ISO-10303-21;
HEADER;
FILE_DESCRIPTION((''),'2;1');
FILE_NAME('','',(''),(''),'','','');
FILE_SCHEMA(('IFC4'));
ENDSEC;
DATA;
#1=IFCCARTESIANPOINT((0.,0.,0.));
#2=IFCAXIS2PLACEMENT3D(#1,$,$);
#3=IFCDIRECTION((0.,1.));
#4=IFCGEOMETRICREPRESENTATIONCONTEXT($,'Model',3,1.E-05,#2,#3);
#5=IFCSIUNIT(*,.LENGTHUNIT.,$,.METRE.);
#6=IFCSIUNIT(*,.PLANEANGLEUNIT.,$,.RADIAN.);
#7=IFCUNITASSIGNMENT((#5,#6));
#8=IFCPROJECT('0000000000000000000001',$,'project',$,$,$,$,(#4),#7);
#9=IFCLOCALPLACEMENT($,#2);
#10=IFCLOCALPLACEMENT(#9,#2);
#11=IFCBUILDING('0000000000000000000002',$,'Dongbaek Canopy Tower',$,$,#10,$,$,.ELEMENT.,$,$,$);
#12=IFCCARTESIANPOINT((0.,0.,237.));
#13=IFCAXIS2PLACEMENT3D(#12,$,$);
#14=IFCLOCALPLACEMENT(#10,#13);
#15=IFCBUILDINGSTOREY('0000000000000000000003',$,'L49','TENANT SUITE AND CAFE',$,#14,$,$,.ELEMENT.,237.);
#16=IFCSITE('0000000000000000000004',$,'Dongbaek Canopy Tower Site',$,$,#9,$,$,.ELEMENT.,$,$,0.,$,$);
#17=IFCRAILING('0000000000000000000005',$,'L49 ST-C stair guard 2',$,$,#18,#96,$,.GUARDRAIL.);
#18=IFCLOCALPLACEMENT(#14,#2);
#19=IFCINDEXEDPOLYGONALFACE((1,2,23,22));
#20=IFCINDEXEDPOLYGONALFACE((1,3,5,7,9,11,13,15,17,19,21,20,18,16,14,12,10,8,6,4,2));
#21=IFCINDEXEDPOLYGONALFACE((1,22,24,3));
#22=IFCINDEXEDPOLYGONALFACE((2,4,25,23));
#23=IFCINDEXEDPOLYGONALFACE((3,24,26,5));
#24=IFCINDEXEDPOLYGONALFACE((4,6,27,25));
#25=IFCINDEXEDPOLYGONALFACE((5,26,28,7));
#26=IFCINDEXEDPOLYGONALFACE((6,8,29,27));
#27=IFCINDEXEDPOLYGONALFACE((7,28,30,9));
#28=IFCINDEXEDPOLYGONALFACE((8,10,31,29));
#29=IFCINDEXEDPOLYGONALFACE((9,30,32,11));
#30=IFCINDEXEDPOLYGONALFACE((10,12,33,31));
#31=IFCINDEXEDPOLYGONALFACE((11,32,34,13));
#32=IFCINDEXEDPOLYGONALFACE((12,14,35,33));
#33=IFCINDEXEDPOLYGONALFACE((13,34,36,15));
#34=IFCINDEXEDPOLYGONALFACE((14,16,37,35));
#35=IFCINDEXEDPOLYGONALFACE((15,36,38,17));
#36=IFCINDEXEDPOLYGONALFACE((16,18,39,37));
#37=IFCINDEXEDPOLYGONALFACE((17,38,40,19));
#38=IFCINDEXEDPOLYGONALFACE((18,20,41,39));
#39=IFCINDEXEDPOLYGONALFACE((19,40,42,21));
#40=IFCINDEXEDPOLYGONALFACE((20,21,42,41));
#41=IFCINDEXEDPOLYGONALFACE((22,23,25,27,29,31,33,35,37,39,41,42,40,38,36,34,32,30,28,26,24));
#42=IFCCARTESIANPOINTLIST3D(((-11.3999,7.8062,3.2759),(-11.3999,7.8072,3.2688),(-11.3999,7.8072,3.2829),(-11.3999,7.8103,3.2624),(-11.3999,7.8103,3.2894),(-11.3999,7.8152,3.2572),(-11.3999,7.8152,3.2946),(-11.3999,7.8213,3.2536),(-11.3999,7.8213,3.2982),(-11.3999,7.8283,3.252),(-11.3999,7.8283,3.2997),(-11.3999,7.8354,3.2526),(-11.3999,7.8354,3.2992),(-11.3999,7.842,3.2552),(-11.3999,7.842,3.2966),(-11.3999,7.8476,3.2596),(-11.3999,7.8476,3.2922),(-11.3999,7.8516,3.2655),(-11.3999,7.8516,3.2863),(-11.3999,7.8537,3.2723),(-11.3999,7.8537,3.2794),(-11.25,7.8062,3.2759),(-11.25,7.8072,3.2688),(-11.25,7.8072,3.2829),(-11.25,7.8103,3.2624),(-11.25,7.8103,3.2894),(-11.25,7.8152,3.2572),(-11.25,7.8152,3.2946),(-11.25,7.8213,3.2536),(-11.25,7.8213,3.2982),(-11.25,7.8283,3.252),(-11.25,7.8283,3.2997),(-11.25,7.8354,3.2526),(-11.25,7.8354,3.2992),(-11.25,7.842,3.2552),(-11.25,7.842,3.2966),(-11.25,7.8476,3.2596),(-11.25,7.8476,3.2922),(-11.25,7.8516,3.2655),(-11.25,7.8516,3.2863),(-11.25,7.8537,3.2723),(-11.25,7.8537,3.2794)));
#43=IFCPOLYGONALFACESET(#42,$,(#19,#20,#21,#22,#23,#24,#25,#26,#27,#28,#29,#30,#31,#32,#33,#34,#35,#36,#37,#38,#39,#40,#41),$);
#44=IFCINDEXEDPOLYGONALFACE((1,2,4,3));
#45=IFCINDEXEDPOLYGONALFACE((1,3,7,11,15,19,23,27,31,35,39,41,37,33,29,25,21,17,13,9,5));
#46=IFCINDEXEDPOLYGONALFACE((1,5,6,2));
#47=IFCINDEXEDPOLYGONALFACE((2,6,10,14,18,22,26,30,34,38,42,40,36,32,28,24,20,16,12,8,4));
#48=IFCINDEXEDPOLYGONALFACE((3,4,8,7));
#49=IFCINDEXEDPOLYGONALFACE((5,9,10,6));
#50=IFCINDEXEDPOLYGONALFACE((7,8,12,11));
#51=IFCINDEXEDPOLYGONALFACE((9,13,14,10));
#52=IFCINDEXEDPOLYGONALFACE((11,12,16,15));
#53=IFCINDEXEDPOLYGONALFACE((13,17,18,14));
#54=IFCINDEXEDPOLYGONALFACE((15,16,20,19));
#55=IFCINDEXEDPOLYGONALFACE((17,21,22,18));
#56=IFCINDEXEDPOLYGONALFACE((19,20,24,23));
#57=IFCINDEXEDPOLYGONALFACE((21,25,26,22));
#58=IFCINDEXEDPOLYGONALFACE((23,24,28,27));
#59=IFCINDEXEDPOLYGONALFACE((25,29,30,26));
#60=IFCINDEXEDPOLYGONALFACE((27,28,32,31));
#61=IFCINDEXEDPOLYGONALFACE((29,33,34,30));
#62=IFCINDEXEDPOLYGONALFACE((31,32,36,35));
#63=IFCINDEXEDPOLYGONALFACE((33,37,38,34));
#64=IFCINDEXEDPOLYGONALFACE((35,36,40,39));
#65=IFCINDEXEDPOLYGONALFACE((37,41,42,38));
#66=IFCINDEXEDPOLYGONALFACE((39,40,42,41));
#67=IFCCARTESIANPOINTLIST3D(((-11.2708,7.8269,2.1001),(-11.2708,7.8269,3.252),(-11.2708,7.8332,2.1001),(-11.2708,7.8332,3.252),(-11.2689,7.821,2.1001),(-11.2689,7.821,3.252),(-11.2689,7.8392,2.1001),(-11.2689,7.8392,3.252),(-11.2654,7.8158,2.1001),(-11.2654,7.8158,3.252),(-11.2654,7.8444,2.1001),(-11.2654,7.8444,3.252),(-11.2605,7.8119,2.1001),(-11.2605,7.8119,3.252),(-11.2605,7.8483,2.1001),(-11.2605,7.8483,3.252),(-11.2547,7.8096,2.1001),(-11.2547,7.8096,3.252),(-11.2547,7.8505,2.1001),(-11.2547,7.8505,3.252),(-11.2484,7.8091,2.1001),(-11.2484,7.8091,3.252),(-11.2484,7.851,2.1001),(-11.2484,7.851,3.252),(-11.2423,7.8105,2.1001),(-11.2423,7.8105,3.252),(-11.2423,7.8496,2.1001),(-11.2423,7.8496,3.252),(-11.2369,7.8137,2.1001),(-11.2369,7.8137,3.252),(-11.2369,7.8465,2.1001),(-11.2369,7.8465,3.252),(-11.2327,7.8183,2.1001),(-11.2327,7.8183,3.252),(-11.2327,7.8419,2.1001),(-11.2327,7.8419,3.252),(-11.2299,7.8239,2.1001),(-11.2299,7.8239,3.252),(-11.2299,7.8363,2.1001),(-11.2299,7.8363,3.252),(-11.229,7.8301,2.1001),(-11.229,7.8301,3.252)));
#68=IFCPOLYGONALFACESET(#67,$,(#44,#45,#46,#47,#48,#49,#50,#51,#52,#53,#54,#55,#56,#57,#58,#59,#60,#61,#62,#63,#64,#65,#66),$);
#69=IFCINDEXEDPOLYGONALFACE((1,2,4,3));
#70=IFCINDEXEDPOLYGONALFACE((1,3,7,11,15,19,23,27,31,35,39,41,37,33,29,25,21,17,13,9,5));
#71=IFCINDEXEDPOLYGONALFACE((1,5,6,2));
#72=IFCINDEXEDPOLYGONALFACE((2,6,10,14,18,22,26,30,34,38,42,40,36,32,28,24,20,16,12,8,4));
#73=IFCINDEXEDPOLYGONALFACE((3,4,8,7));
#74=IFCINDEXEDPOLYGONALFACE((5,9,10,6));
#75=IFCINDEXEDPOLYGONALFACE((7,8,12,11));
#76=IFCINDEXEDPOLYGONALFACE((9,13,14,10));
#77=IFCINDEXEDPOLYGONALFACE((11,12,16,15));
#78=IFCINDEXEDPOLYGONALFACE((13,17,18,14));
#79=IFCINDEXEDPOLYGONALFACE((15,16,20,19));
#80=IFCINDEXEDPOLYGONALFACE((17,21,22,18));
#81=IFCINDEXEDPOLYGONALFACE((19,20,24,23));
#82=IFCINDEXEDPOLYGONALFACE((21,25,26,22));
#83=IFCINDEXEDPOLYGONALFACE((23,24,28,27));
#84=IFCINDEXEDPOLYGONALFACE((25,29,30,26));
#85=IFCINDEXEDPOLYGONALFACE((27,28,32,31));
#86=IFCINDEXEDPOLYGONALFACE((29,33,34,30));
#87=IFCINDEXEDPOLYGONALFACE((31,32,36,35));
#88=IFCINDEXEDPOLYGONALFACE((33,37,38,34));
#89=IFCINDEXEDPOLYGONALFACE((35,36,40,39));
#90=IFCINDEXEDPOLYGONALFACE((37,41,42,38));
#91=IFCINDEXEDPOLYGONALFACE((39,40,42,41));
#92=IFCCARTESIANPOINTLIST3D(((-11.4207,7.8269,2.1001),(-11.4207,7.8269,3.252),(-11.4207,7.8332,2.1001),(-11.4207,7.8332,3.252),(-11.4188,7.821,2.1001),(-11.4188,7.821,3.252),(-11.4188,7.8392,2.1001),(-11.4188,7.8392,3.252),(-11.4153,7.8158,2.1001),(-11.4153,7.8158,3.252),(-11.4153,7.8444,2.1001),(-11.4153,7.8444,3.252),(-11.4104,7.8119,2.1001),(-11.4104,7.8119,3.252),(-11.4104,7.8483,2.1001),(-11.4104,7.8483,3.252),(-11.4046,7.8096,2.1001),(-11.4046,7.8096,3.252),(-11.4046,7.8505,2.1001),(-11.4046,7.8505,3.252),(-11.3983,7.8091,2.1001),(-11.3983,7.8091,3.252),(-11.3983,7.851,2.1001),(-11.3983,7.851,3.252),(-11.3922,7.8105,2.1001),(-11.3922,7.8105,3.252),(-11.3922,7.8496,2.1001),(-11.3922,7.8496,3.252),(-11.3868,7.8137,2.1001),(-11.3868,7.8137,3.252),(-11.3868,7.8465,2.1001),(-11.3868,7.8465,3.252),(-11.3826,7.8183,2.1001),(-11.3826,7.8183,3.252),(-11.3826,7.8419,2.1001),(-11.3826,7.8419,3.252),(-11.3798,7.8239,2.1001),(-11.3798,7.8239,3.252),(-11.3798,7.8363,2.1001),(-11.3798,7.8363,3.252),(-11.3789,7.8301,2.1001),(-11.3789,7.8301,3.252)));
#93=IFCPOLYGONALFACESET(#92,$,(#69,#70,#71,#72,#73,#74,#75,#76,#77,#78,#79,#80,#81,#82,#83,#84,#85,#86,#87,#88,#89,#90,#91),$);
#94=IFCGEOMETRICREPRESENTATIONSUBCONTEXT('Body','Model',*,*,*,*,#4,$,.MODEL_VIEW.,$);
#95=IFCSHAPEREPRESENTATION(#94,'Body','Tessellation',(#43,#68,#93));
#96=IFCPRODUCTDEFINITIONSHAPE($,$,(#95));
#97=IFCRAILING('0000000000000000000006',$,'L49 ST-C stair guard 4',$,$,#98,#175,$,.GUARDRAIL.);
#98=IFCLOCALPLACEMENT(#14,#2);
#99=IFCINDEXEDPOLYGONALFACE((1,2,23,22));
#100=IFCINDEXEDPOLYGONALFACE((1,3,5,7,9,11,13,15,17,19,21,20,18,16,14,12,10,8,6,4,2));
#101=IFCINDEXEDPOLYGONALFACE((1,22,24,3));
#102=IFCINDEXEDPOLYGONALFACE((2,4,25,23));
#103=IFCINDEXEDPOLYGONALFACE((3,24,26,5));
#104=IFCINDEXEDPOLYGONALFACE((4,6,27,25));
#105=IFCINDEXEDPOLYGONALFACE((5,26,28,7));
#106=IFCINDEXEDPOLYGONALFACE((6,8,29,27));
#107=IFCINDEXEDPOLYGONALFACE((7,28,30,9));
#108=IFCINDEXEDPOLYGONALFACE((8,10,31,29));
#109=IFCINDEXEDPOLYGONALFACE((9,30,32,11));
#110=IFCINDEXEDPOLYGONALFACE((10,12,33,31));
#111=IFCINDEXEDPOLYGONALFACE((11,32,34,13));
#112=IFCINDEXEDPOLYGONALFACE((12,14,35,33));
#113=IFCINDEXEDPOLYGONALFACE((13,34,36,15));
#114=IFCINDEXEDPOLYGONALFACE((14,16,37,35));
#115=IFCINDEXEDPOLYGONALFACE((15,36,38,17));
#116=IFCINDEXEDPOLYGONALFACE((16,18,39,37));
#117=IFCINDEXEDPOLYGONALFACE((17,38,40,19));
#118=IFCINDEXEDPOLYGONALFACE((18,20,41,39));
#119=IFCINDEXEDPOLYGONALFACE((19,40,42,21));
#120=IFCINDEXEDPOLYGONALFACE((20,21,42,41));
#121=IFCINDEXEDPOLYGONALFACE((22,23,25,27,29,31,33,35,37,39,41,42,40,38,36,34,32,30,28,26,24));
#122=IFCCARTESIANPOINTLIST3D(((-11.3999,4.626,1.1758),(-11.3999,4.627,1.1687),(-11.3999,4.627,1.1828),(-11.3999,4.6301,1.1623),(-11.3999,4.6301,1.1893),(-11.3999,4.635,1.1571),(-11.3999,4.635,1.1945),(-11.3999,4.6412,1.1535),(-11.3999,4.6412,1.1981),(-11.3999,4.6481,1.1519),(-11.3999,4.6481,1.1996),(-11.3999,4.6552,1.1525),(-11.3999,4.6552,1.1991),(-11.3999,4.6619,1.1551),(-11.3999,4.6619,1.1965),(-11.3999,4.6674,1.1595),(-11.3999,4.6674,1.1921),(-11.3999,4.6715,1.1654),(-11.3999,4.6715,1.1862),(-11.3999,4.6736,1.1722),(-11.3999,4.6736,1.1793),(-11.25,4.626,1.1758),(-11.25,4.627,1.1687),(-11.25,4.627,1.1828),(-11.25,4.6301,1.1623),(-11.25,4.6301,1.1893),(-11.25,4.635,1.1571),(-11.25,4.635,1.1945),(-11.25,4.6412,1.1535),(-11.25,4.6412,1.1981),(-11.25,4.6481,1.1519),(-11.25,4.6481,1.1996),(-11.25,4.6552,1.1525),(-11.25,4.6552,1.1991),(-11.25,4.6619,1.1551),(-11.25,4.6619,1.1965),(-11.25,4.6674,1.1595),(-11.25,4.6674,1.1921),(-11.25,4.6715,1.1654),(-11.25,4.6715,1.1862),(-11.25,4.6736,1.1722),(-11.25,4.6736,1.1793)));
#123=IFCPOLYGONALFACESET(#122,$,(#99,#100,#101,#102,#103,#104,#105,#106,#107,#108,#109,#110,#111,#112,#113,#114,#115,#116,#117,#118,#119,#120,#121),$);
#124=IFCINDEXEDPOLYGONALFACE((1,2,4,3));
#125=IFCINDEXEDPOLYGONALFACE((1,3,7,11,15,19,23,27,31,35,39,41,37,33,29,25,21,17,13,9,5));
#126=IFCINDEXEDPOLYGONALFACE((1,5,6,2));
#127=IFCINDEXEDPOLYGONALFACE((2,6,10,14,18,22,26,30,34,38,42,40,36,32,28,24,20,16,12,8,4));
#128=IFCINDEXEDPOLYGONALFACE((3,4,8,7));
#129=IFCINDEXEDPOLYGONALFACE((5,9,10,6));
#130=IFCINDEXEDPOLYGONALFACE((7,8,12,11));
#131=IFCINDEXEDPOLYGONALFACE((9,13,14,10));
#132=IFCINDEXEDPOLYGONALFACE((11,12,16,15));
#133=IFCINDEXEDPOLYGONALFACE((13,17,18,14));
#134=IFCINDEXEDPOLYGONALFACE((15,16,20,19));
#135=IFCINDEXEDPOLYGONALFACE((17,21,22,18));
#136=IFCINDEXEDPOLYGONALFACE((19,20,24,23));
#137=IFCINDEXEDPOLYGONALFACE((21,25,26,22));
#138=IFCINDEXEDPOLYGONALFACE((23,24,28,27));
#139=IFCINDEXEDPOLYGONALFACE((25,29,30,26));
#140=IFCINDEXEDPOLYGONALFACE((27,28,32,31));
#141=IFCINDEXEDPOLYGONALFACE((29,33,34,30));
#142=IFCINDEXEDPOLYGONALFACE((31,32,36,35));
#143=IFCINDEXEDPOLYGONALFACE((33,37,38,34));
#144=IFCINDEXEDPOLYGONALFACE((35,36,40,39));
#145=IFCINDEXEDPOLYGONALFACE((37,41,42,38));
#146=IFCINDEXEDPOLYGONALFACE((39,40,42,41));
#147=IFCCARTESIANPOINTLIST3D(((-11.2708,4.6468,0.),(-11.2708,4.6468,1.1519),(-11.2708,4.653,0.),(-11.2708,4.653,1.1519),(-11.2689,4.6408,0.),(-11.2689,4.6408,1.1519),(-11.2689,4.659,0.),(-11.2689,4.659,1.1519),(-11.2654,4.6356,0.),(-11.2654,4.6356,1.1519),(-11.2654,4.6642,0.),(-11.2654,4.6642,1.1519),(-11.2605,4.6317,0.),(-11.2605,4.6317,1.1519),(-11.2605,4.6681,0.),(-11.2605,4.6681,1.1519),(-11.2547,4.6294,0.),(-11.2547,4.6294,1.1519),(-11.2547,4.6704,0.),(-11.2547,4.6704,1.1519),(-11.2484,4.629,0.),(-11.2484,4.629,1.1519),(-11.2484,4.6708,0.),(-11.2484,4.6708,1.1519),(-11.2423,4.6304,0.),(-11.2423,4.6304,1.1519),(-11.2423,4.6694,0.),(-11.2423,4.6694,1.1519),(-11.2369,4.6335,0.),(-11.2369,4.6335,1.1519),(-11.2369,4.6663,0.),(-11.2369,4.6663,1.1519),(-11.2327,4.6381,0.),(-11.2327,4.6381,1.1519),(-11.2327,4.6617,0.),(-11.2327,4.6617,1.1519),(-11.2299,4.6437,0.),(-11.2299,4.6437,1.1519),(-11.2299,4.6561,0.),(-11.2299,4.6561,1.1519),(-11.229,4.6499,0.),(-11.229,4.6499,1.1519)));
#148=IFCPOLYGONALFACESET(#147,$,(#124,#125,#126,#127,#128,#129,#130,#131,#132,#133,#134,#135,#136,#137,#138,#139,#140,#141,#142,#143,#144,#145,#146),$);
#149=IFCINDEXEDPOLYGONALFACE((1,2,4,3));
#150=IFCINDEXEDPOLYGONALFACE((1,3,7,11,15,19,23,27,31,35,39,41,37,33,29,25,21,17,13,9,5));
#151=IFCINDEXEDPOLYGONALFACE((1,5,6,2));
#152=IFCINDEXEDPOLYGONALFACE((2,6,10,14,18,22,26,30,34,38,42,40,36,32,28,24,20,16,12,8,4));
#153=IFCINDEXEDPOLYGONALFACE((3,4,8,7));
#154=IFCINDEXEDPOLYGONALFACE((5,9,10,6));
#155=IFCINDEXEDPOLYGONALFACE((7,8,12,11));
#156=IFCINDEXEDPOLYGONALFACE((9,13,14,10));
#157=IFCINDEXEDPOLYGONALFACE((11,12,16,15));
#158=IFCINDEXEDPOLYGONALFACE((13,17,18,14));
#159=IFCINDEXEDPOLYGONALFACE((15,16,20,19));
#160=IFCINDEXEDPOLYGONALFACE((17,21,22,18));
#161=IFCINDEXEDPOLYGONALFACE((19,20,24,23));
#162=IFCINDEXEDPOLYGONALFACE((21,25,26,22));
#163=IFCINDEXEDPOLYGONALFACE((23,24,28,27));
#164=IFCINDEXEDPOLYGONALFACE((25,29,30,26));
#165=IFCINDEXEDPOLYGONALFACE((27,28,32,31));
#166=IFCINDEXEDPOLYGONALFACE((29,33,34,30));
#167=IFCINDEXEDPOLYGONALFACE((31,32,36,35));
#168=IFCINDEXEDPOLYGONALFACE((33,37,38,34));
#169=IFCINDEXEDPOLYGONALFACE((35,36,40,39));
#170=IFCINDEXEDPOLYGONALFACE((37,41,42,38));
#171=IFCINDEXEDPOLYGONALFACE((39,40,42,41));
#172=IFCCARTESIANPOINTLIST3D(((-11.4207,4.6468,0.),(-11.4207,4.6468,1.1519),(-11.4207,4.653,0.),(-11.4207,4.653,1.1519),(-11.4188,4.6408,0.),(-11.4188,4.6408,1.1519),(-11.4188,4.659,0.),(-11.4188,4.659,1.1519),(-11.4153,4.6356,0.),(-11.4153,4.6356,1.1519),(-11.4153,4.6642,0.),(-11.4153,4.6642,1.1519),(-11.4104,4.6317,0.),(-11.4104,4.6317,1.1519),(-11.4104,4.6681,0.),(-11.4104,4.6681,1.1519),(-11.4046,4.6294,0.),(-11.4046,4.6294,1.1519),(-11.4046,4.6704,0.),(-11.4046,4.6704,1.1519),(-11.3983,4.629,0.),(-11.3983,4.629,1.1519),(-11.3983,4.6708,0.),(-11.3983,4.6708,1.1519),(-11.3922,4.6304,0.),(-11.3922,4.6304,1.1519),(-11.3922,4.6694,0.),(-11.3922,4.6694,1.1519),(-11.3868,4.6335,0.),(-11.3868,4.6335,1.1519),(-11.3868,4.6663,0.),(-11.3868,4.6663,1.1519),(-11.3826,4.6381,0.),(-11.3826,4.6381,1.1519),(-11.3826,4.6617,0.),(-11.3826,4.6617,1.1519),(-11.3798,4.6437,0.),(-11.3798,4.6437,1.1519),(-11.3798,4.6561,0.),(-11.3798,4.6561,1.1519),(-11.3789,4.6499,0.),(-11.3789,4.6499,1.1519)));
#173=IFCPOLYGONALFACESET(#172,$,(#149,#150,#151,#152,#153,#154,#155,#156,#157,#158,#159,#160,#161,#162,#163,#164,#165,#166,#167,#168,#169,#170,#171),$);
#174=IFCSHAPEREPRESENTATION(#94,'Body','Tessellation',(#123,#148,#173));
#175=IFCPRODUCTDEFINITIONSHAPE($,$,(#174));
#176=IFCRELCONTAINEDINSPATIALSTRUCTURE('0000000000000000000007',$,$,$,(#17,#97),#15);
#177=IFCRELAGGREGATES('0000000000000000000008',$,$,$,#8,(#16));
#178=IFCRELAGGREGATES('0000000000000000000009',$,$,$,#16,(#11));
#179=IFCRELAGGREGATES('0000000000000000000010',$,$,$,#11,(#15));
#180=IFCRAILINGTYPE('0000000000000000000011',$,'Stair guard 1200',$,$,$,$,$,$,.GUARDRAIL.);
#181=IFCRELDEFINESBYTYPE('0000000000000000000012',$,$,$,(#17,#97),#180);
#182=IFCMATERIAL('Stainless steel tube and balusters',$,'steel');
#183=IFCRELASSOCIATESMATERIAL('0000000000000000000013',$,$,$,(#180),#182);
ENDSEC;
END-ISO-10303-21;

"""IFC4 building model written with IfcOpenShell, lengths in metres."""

from ifc_helpers import new_model, si_unit, direction, frame, origin, origin_2d, place, context, subcontext, project, spatial, circle, extrude, material, type_object, element, save


model = new_model("IFC4")

# Units and contexts
model_context = context("Model", 3, precision=1e-05, world=origin(), true_north=direction((0.0, 1.0)))
body_context = subcontext(model_context, "Body", "Model", "MODEL_VIEW")
ifc_project = project(units=[si_unit("LENGTHUNIT", "METRE"), si_unit("PLANEANGLEUNIT", "RADIAN")], contexts=[model_context])

# Site, building, storey
site_placement = place(None, origin())
site = spatial("IfcSite", under=ifc_project, at=site_placement, Name="Dongbaek Canopy Tower Site", CompositionType="ELEMENT", RefElevation=0.0)
building_placement = place(site_placement, origin())
building = spatial("IfcBuilding", under=site, at=building_placement, Name="Dongbaek Canopy Tower", CompositionType="ELEMENT")
storey_placement = place(building_placement, frame((0.0, 0.0, 237.0)))
storey = spatial("IfcBuildingStorey", under=building, at=storey_placement, Name="L49", Description="TENANT SUITE AND CAFE", CompositionType="ELEMENT", Elevation=237.0)

# Railings
ifc_material_1 = material(Name="Stainless steel tube and balusters", Category="steel")
railing_type_1 = type_object("IfcRailingType", Name="Stair guard 1200", PredefinedType="GUARDRAIL", material=ifc_material_1)
for number, where, name in (
    (1, (-11.25, 7.8301, 2.1001), "L49 ST-C stair guard 2"),
    (2, (-11.25, 4.6499, 0.0), "L49 ST-C stair guard 4"),
):
    element("IfcRailing", number, at=place(storey_placement, frame(where)), inside=storey, type_object=railing_type_1, Name=name, PredefinedType="GUARDRAIL", context=body_context, shape_type="SweptSolid", body=[
        extrude(circle(Radius=0.0239, at=origin_2d()), frame((0.0, 0.0, 1.1758), z_axis=(-1.0, 0.0, 0.0), x_axis=(0.0, -1.0, 0.0)), (0.0, 0.0, 1.0), 0.1499),
        extrude(circle(Radius=0.021, at=origin_2d()), origin(), (0.0, 0.0, 1.0), 1.1519),
        extrude(circle(Radius=0.021, at=origin_2d()), frame((-0.1499, 0.0, 0.0)), (0.0, 0.0, 1.0), 1.1519),
    ])

save(model, "model.ifc")
